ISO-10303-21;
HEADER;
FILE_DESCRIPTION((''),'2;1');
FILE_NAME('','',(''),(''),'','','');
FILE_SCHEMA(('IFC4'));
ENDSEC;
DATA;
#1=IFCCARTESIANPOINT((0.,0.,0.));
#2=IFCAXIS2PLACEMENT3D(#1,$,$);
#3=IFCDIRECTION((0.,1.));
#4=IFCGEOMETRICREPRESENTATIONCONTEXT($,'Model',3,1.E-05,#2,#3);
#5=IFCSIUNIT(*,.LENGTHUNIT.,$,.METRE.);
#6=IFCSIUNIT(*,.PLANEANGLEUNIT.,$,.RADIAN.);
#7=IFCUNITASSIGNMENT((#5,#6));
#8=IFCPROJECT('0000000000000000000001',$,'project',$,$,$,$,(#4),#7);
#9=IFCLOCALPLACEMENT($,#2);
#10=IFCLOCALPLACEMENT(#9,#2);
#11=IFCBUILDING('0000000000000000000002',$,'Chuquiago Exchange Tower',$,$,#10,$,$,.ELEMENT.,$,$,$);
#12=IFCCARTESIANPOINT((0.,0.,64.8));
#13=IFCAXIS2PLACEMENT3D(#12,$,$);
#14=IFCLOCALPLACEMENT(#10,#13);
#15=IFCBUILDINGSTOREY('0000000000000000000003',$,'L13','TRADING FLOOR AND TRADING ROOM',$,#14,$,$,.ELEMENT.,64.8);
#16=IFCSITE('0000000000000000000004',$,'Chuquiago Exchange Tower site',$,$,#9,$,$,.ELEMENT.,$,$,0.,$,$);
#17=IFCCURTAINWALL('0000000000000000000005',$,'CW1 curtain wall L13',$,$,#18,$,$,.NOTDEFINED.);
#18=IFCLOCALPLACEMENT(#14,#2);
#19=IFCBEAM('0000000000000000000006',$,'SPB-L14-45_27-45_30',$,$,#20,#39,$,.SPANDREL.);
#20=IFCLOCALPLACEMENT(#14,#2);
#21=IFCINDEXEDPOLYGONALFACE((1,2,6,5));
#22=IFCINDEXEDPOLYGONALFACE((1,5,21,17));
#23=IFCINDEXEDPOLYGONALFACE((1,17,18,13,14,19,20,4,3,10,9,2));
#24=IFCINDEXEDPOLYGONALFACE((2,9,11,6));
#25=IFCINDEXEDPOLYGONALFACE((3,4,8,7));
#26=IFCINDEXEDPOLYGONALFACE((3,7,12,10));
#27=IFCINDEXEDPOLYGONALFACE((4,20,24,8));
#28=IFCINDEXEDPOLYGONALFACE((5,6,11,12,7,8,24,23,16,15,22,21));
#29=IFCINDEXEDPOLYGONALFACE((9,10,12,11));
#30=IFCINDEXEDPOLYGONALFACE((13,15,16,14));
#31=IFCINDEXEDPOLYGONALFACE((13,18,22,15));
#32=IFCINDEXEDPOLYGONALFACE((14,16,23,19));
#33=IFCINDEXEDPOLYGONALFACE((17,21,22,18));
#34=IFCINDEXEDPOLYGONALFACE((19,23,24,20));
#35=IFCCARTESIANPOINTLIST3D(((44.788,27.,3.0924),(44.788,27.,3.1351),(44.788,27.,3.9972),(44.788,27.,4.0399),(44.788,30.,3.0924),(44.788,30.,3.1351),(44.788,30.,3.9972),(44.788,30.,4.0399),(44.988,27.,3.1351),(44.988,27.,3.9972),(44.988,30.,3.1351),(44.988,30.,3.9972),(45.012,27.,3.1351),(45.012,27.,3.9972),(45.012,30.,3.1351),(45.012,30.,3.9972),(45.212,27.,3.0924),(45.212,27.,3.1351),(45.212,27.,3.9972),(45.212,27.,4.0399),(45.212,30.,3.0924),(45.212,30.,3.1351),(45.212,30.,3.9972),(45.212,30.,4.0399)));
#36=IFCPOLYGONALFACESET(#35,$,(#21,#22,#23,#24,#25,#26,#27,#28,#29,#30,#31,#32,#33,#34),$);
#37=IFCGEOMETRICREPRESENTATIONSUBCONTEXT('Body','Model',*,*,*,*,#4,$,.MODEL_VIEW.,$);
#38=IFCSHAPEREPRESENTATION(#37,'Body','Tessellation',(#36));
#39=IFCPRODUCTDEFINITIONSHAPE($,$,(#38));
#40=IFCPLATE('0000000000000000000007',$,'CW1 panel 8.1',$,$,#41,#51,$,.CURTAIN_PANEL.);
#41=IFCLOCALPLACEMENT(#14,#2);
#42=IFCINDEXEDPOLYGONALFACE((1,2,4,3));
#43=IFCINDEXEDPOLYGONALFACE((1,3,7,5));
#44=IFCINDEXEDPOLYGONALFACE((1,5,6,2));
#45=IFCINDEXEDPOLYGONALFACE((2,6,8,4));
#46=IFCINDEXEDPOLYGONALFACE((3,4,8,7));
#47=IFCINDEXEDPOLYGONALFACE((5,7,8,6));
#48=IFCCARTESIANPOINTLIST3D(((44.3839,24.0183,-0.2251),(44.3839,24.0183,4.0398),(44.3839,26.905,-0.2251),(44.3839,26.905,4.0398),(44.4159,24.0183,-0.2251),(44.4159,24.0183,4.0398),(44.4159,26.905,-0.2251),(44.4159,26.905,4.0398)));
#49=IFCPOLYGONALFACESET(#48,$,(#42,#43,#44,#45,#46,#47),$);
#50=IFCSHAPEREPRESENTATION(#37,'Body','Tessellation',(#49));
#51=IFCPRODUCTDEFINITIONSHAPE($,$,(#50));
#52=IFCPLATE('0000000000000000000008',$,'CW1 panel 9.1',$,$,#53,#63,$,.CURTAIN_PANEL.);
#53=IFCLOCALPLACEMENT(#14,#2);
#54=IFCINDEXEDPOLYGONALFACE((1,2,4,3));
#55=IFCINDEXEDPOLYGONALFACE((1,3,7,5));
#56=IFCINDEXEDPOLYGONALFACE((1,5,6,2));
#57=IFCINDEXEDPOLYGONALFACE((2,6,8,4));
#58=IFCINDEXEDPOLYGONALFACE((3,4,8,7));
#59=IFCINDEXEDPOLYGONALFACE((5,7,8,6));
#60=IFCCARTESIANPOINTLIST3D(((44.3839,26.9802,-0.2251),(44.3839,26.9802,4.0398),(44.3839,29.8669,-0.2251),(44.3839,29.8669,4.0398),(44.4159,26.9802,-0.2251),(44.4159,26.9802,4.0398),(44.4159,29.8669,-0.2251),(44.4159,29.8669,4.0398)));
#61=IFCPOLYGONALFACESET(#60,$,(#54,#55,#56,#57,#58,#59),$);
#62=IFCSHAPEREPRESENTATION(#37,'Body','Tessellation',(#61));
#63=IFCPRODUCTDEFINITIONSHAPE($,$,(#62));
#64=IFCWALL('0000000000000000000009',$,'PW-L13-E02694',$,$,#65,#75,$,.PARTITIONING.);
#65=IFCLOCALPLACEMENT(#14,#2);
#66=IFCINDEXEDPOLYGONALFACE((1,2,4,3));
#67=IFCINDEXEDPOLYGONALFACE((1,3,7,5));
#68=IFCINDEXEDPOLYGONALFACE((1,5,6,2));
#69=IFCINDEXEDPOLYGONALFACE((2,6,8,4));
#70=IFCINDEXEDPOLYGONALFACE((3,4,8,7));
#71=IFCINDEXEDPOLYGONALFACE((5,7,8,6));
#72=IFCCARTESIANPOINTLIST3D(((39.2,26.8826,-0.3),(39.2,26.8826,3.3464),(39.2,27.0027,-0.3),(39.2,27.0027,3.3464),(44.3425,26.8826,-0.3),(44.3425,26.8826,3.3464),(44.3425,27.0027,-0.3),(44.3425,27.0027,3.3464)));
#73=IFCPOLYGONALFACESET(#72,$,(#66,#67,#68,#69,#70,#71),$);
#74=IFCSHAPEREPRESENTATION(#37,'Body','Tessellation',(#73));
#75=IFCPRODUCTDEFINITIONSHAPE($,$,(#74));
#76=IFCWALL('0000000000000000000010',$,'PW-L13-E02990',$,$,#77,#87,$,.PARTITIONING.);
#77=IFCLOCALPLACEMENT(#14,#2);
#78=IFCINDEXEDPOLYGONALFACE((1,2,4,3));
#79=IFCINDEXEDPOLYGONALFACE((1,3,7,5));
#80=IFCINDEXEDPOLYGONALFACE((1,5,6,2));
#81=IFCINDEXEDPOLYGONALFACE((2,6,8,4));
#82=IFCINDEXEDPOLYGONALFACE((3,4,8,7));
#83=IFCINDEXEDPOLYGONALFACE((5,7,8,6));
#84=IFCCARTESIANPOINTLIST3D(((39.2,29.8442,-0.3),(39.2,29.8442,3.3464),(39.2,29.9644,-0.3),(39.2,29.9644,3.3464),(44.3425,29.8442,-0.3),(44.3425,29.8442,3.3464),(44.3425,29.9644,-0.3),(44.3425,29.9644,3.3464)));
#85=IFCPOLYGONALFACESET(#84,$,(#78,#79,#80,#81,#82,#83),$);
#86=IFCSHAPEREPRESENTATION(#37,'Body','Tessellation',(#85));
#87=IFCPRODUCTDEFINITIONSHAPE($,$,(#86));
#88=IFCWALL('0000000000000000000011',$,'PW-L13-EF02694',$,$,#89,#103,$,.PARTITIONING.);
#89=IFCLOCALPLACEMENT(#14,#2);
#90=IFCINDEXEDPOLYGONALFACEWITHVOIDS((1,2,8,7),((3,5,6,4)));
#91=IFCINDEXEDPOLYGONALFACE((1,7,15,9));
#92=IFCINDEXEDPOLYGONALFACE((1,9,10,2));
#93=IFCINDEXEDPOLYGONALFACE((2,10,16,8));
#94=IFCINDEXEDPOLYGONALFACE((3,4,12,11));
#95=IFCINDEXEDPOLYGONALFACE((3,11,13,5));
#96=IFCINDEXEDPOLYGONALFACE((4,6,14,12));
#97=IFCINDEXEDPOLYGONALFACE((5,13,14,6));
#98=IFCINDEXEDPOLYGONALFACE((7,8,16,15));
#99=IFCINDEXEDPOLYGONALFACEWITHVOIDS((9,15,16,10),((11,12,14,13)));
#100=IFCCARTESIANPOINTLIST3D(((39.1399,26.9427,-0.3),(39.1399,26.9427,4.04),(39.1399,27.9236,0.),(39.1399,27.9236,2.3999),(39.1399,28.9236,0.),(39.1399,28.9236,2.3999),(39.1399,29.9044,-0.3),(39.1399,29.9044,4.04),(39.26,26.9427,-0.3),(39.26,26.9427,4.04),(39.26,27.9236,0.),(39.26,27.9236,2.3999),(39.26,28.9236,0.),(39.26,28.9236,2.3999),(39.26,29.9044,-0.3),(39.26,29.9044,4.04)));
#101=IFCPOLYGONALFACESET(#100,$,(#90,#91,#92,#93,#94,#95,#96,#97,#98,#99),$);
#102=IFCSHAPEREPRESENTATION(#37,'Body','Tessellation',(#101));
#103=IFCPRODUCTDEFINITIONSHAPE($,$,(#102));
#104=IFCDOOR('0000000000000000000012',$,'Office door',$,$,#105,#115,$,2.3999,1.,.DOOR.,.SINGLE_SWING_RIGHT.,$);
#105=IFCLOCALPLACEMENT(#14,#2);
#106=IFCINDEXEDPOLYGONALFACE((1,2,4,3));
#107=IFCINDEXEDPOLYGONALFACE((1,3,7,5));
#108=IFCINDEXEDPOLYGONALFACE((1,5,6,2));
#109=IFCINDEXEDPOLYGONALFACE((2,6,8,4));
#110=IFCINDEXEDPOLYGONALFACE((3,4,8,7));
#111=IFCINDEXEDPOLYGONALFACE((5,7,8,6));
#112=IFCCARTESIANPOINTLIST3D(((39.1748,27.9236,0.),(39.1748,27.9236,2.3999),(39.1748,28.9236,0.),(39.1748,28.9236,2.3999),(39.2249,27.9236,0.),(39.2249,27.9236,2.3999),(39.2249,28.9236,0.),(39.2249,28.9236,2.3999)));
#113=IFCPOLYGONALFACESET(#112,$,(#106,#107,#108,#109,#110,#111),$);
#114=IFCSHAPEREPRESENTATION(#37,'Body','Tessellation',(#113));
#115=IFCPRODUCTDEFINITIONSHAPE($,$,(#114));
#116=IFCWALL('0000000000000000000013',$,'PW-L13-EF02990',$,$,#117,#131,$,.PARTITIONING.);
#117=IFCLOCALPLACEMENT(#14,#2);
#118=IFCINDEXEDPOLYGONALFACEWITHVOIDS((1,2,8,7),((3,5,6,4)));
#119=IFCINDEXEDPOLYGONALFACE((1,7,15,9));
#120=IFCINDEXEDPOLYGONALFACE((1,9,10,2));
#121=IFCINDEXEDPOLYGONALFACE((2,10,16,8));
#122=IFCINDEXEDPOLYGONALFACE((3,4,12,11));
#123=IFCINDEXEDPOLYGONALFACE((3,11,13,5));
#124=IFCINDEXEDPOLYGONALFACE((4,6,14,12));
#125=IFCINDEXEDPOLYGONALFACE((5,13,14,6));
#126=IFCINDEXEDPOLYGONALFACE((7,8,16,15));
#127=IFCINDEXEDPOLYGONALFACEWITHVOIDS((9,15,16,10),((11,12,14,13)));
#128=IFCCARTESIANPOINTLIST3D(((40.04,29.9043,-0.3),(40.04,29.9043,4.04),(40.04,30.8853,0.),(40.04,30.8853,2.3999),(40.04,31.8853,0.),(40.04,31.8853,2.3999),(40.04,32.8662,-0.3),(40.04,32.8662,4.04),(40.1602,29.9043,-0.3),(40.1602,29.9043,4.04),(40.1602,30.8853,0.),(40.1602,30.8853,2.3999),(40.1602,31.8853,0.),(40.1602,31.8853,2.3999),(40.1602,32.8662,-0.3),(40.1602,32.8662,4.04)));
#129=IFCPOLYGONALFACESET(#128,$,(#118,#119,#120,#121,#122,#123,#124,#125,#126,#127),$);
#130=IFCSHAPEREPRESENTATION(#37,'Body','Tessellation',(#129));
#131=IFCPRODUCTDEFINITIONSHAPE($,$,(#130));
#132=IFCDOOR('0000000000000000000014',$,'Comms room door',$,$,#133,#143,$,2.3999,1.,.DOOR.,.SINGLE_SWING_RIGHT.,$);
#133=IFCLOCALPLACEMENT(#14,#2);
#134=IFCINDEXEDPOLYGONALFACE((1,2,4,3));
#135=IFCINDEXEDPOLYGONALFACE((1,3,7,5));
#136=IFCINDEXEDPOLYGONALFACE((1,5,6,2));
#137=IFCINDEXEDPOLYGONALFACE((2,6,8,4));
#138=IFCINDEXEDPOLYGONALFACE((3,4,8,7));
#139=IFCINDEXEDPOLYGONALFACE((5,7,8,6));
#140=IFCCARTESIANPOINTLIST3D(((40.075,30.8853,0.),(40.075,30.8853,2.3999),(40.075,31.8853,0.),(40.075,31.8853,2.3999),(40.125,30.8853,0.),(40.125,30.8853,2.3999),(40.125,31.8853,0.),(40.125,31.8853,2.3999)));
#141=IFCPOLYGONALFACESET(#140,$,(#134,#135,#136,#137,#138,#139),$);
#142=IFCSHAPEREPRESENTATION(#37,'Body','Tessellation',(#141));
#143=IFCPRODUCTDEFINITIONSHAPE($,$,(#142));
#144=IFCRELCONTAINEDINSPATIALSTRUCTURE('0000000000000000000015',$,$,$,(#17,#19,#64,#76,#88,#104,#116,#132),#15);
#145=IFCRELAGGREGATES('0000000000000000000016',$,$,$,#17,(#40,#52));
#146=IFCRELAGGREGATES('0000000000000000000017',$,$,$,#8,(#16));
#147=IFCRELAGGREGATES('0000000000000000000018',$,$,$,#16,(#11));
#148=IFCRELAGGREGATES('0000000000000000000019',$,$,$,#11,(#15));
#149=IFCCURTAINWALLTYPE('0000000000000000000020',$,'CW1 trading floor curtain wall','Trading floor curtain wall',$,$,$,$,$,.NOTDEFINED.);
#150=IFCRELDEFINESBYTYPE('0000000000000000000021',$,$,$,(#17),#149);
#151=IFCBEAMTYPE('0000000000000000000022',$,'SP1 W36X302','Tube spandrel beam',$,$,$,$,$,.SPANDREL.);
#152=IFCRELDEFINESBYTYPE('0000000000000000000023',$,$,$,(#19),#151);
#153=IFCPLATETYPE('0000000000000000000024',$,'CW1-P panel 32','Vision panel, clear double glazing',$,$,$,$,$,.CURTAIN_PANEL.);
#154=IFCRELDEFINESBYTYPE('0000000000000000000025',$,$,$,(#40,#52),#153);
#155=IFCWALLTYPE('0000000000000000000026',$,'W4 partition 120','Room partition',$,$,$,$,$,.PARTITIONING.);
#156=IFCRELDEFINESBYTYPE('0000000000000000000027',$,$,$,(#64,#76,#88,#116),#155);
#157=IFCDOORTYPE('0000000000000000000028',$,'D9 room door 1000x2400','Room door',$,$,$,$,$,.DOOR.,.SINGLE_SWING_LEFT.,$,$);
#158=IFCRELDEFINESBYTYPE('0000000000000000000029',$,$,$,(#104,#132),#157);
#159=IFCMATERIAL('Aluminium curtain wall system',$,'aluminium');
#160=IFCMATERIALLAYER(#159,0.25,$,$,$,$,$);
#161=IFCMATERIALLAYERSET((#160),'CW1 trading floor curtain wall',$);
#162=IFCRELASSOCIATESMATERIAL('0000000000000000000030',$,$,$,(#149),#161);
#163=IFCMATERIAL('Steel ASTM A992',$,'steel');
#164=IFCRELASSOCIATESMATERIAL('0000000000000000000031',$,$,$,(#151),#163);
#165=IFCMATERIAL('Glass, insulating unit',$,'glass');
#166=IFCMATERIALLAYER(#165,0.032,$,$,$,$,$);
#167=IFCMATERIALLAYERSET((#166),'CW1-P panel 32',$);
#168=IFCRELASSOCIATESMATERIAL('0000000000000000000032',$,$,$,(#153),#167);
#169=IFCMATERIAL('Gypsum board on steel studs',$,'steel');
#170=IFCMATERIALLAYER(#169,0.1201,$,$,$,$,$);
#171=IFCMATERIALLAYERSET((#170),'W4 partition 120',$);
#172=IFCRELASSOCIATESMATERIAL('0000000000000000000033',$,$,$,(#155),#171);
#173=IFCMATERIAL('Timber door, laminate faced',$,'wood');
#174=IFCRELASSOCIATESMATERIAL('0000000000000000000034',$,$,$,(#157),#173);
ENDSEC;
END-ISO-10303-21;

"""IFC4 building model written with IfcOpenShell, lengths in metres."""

from ifc_helpers import new_model, si_unit, direction, frame, frame_2d, origin, origin_2d, place, context, subcontext, project, spatial, rectangle, i_section, extrude, material, layer, layer_set, material_profile, profile_set, type_object, element, fill, aggregate, save


model = new_model("IFC4")

# Units and contexts
model_context = context("Model", 3, precision=1e-05, world=origin(), true_north=direction((0.0, 1.0)))
body_context = subcontext(model_context, "Body", "Model", "MODEL_VIEW")
ifc_project = project(units=[si_unit("LENGTHUNIT", "METRE"), si_unit("PLANEANGLEUNIT", "RADIAN")], contexts=[model_context])

# Site, building, storey
site_placement = place(None, origin())
site = spatial("IfcSite", under=ifc_project, at=site_placement, Name="Chuquiago Exchange Tower site", CompositionType="ELEMENT", RefElevation=0.0)
building_placement = place(site_placement, origin())
building = spatial("IfcBuilding", under=site, at=building_placement, Name="Chuquiago Exchange Tower", CompositionType="ELEMENT")
storey_placement = place(building_placement, frame((0.0, 0.0, 64.8)))
storey = spatial("IfcBuildingStorey", under=building, at=storey_placement, Name="L13", Description="TRADING FLOOR AND TRADING ROOM", CompositionType="ELEMENT", Elevation=64.8)

# Curtain wall
ifc_material_1 = material(Name="Aluminium curtain wall system", Category="aluminium")
ifc_layer_1 = layer(ifc_material_1, 0.25)
ifc_layer_set_1 = layer_set([ifc_layer_1], Name="CW1 trading floor curtain wall")
curtain_wall_type = type_object("IfcCurtainWallType", Name="CW1 trading floor curtain wall", Description="Trading floor curtain wall", PredefinedType="NOTDEFINED", material=ifc_layer_set_1)
curtain_wall_placement = place(storey_placement, origin())
curtain_wall = element("IfcCurtainWall", 1, at=curtain_wall_placement, inside=storey, type_object=curtain_wall_type, Name="CW1 curtain wall L13", PredefinedType="NOTDEFINED")

# Beam
ifc_material_2 = material(Name="Steel ASTM A992", Category="steel")
ifc_material_profile_1 = material_profile(ifc_material_2, i_section(OverallWidth=0.4241, OverallDepth=0.9475, WebThickness=0.0239, FlangeThickness=0.0427, at=origin_2d()), Name="W36X302")
ifc_profile_set_1 = profile_set([ifc_material_profile_1], Name="Steel ASTM A992")
beam_type = type_object("IfcBeamType", Name="SP1 W36X302", Description="Tube spandrel beam", PredefinedType="SPANDREL", material=ifc_profile_set_1)
for number, where, z_axis, x_axis, name in (
    (2, (45.0, 27.0, 3.5662), (0.0, 1.0, 0.0), (-1.0, 0.0, 0.0), "SPB-L14-45_27-45_30"),
):
    element("IfcBeam", number, at=place(storey_placement, frame(where, z_axis=z_axis, x_axis=x_axis)), inside=storey, type_object=beam_type, Name=name, PredefinedType="SPANDREL", context=body_context, shape_type="SweptSolid", body=[
        extrude(i_section(OverallWidth=0.4241, OverallDepth=0.9475, WebThickness=0.0239, FlangeThickness=0.0427, at=origin_2d()), origin(), (0.0, 0.0, 1.0), 3.0),
    ])

# Plates
ifc_material_3 = material(Name="Glass, insulating unit", Category="glass")
ifc_layer_2 = layer(ifc_material_3, 0.032)
ifc_layer_set_2 = layer_set([ifc_layer_2], Name="CW1-P panel 32")
plate_type = type_object("IfcPlateType", Name="CW1-P panel 32", Description="Vision panel, clear double glazing", PredefinedType="CURTAIN_PANEL", material=ifc_layer_set_2)
plate_1_placement = place(storey_placement, frame((44.3999, 25.4617, -0.2251), z_axis=(0.0, 0.0, 1.0), x_axis=(0.0, 1.0, 0.0)))
plate_1 = element("IfcPlate", 3, at=plate_1_placement, type_object=plate_type, Name="CW1 panel 8.1", PredefinedType="CURTAIN_PANEL", context=body_context, shape_type="SweptSolid", body=[
    extrude(rectangle(XDim=2.8867, YDim=0.032, at=origin_2d()), origin(), (0.0, 0.0, 1.0), 4.2649),
])
plate_2_placement = place(storey_placement, frame((44.3999, 28.4236, -0.2251), z_axis=(0.0, 0.0, 1.0), x_axis=(0.0, 1.0, 0.0)))
plate_2 = element("IfcPlate", 4, at=plate_2_placement, type_object=plate_type, Name="CW1 panel 9.1", PredefinedType="CURTAIN_PANEL", context=body_context, shape_type="SweptSolid", body=[
    extrude(rectangle(XDim=2.8867, YDim=0.032, at=origin_2d()), origin(), (0.0, 0.0, 1.0), 4.2649),
])
aggregate(curtain_wall, [plate_1, plate_2])

# Walls
ifc_material_4 = material(Name="Gypsum board on steel studs", Category="steel")
ifc_layer_3 = layer(ifc_material_4, 0.1201)
ifc_layer_set_3 = layer_set([ifc_layer_3], Name="W4 partition 120")
wall_type = type_object("IfcWallType", Name="W4 partition 120", Description="Room partition", PredefinedType="PARTITIONING", material=ifc_layer_set_3)
for number, where, z_axis, x_axis, name in (
    (5, (44.3425, 26.9426, -0.3), (0.0, 0.0, 1.0), (-1.0, 0.0, 0.0), "PW-L13-E02694"),
    (6, (44.3425, 29.9043, -0.3), (0.0, 0.0, 1.0), (-1.0, 0.0, 0.0), "PW-L13-E02990"),
):
    element("IfcWall", number, at=place(storey_placement, frame(where, z_axis=z_axis, x_axis=x_axis)), inside=storey, type_object=wall_type, Name=name, PredefinedType="PARTITIONING", context=body_context, shape_type="SweptSolid", body=[
        extrude(rectangle(XDim=5.1426, YDim=0.1201, at=frame_2d((2.5713, 0.0))), origin(), (0.0, 0.0, 1.0), 3.6465),
    ])

# Walls, openings, doors
wall_1_placement = place(storey_placement, frame((39.2, 26.9426, -0.3), z_axis=(0.0, 0.0, 1.0), x_axis=(0.0, 1.0, 0.0)))
wall_1 = element("IfcWall", 7, at=wall_1_placement, inside=storey, type_object=wall_type, Name="PW-L13-EF02694", PredefinedType="PARTITIONING", context=body_context, shape_type="SweptSolid", body=[
    extrude(rectangle(XDim=2.9617, YDim=0.1201, at=frame_2d((1.481, 0.0))), origin(), (0.0, 0.0, 1.0), 4.3401),
])
opening_1_placement = place(wall_1_placement, frame((0.981, 0.0, 0.3)))
opening_1 = element("IfcOpeningElement", 8, at=opening_1_placement, cuts=wall_1, PredefinedType="OPENING", context=body_context, shape_type="SweptSolid", body=[
    extrude(rectangle(XDim=1.0, YDim=2.3999, at=frame_2d((0.5, 1.2))), frame((0.0, 0.0701, 0.0), z_axis=(0.0, -1.0, 0.0), x_axis=(1.0, 0.0, 0.0)), (0.0, 0.0, 1.0), 0.1401),
])
ifc_material_5 = material(Name="Timber door, laminate faced", Category="wood")
door_type = type_object("IfcDoorType", Name="D9 room door 1000x2400", Description="Room door", OperationType="SINGLE_SWING_LEFT", PredefinedType="DOOR", material=ifc_material_5)
door_1_placement = place(opening_1_placement, frame((1.0, 0.0, 0.0), z_axis=(0.0, 0.0, 1.0), x_axis=(-1.0, 0.0, 0.0)))
door_1 = element("IfcDoor", 9, at=door_1_placement, inside=storey, type_object=door_type, Name="Office door", OperationType="SINGLE_SWING_RIGHT", OverallHeight=2.3999, OverallWidth=1.0, PredefinedType="DOOR", context=body_context, shape_type="SweptSolid", body=[
    extrude(rectangle(XDim=1.0, YDim=2.3999, at=frame_2d((0.5, 1.2))), frame((0.0, 0.0249, 0.0), z_axis=(0.0, -1.0, 0.0), x_axis=(1.0, 0.0, 0.0)), (0.0, 0.0, 1.0), 0.05),
])
fill(opening_1, door_1)
wall_2_placement = place(storey_placement, frame((40.1001, 29.9043, -0.3), z_axis=(0.0, 0.0, 1.0), x_axis=(0.0, 1.0, 0.0)))
wall_2 = element("IfcWall", 10, at=wall_2_placement, inside=storey, type_object=wall_type, Name="PW-L13-EF02990", PredefinedType="PARTITIONING", context=body_context, shape_type="SweptSolid", body=[
    extrude(rectangle(XDim=2.9619, YDim=0.1201, at=frame_2d((1.481, 0.0))), origin(), (0.0, 0.0, 1.0), 4.3401),
])
opening_2_placement = place(wall_2_placement, frame((0.981, 0.0, 0.3)))
opening_2 = element("IfcOpeningElement", 11, at=opening_2_placement, cuts=wall_2, PredefinedType="OPENING", context=body_context, shape_type="SweptSolid", body=[
    extrude(rectangle(XDim=1.0, YDim=2.3999, at=frame_2d((0.5, 1.2))), frame((0.0, 0.0701, 0.0), z_axis=(0.0, -1.0, 0.0), x_axis=(1.0, 0.0, 0.0)), (0.0, 0.0, 1.0), 0.1401),
])
door_2_placement = place(opening_2_placement, frame((1.0, 0.0, 0.0), z_axis=(0.0, 0.0, 1.0), x_axis=(-1.0, 0.0, 0.0)))
door_2 = element("IfcDoor", 12, at=door_2_placement, inside=storey, type_object=door_type, Name="Comms room door", OperationType="SINGLE_SWING_RIGHT", OverallHeight=2.3999, OverallWidth=1.0, PredefinedType="DOOR", context=body_context, shape_type="SweptSolid", body=[
    extrude(rectangle(XDim=1.0, YDim=2.3999, at=frame_2d((0.5, 1.2))), frame((0.0, 0.0249, 0.0), z_axis=(0.0, -1.0, 0.0), x_axis=(1.0, 0.0, 0.0)), (0.0, 0.0, 1.0), 0.05),
])
fill(opening_2, door_2)

save(model, "model.ifc")
